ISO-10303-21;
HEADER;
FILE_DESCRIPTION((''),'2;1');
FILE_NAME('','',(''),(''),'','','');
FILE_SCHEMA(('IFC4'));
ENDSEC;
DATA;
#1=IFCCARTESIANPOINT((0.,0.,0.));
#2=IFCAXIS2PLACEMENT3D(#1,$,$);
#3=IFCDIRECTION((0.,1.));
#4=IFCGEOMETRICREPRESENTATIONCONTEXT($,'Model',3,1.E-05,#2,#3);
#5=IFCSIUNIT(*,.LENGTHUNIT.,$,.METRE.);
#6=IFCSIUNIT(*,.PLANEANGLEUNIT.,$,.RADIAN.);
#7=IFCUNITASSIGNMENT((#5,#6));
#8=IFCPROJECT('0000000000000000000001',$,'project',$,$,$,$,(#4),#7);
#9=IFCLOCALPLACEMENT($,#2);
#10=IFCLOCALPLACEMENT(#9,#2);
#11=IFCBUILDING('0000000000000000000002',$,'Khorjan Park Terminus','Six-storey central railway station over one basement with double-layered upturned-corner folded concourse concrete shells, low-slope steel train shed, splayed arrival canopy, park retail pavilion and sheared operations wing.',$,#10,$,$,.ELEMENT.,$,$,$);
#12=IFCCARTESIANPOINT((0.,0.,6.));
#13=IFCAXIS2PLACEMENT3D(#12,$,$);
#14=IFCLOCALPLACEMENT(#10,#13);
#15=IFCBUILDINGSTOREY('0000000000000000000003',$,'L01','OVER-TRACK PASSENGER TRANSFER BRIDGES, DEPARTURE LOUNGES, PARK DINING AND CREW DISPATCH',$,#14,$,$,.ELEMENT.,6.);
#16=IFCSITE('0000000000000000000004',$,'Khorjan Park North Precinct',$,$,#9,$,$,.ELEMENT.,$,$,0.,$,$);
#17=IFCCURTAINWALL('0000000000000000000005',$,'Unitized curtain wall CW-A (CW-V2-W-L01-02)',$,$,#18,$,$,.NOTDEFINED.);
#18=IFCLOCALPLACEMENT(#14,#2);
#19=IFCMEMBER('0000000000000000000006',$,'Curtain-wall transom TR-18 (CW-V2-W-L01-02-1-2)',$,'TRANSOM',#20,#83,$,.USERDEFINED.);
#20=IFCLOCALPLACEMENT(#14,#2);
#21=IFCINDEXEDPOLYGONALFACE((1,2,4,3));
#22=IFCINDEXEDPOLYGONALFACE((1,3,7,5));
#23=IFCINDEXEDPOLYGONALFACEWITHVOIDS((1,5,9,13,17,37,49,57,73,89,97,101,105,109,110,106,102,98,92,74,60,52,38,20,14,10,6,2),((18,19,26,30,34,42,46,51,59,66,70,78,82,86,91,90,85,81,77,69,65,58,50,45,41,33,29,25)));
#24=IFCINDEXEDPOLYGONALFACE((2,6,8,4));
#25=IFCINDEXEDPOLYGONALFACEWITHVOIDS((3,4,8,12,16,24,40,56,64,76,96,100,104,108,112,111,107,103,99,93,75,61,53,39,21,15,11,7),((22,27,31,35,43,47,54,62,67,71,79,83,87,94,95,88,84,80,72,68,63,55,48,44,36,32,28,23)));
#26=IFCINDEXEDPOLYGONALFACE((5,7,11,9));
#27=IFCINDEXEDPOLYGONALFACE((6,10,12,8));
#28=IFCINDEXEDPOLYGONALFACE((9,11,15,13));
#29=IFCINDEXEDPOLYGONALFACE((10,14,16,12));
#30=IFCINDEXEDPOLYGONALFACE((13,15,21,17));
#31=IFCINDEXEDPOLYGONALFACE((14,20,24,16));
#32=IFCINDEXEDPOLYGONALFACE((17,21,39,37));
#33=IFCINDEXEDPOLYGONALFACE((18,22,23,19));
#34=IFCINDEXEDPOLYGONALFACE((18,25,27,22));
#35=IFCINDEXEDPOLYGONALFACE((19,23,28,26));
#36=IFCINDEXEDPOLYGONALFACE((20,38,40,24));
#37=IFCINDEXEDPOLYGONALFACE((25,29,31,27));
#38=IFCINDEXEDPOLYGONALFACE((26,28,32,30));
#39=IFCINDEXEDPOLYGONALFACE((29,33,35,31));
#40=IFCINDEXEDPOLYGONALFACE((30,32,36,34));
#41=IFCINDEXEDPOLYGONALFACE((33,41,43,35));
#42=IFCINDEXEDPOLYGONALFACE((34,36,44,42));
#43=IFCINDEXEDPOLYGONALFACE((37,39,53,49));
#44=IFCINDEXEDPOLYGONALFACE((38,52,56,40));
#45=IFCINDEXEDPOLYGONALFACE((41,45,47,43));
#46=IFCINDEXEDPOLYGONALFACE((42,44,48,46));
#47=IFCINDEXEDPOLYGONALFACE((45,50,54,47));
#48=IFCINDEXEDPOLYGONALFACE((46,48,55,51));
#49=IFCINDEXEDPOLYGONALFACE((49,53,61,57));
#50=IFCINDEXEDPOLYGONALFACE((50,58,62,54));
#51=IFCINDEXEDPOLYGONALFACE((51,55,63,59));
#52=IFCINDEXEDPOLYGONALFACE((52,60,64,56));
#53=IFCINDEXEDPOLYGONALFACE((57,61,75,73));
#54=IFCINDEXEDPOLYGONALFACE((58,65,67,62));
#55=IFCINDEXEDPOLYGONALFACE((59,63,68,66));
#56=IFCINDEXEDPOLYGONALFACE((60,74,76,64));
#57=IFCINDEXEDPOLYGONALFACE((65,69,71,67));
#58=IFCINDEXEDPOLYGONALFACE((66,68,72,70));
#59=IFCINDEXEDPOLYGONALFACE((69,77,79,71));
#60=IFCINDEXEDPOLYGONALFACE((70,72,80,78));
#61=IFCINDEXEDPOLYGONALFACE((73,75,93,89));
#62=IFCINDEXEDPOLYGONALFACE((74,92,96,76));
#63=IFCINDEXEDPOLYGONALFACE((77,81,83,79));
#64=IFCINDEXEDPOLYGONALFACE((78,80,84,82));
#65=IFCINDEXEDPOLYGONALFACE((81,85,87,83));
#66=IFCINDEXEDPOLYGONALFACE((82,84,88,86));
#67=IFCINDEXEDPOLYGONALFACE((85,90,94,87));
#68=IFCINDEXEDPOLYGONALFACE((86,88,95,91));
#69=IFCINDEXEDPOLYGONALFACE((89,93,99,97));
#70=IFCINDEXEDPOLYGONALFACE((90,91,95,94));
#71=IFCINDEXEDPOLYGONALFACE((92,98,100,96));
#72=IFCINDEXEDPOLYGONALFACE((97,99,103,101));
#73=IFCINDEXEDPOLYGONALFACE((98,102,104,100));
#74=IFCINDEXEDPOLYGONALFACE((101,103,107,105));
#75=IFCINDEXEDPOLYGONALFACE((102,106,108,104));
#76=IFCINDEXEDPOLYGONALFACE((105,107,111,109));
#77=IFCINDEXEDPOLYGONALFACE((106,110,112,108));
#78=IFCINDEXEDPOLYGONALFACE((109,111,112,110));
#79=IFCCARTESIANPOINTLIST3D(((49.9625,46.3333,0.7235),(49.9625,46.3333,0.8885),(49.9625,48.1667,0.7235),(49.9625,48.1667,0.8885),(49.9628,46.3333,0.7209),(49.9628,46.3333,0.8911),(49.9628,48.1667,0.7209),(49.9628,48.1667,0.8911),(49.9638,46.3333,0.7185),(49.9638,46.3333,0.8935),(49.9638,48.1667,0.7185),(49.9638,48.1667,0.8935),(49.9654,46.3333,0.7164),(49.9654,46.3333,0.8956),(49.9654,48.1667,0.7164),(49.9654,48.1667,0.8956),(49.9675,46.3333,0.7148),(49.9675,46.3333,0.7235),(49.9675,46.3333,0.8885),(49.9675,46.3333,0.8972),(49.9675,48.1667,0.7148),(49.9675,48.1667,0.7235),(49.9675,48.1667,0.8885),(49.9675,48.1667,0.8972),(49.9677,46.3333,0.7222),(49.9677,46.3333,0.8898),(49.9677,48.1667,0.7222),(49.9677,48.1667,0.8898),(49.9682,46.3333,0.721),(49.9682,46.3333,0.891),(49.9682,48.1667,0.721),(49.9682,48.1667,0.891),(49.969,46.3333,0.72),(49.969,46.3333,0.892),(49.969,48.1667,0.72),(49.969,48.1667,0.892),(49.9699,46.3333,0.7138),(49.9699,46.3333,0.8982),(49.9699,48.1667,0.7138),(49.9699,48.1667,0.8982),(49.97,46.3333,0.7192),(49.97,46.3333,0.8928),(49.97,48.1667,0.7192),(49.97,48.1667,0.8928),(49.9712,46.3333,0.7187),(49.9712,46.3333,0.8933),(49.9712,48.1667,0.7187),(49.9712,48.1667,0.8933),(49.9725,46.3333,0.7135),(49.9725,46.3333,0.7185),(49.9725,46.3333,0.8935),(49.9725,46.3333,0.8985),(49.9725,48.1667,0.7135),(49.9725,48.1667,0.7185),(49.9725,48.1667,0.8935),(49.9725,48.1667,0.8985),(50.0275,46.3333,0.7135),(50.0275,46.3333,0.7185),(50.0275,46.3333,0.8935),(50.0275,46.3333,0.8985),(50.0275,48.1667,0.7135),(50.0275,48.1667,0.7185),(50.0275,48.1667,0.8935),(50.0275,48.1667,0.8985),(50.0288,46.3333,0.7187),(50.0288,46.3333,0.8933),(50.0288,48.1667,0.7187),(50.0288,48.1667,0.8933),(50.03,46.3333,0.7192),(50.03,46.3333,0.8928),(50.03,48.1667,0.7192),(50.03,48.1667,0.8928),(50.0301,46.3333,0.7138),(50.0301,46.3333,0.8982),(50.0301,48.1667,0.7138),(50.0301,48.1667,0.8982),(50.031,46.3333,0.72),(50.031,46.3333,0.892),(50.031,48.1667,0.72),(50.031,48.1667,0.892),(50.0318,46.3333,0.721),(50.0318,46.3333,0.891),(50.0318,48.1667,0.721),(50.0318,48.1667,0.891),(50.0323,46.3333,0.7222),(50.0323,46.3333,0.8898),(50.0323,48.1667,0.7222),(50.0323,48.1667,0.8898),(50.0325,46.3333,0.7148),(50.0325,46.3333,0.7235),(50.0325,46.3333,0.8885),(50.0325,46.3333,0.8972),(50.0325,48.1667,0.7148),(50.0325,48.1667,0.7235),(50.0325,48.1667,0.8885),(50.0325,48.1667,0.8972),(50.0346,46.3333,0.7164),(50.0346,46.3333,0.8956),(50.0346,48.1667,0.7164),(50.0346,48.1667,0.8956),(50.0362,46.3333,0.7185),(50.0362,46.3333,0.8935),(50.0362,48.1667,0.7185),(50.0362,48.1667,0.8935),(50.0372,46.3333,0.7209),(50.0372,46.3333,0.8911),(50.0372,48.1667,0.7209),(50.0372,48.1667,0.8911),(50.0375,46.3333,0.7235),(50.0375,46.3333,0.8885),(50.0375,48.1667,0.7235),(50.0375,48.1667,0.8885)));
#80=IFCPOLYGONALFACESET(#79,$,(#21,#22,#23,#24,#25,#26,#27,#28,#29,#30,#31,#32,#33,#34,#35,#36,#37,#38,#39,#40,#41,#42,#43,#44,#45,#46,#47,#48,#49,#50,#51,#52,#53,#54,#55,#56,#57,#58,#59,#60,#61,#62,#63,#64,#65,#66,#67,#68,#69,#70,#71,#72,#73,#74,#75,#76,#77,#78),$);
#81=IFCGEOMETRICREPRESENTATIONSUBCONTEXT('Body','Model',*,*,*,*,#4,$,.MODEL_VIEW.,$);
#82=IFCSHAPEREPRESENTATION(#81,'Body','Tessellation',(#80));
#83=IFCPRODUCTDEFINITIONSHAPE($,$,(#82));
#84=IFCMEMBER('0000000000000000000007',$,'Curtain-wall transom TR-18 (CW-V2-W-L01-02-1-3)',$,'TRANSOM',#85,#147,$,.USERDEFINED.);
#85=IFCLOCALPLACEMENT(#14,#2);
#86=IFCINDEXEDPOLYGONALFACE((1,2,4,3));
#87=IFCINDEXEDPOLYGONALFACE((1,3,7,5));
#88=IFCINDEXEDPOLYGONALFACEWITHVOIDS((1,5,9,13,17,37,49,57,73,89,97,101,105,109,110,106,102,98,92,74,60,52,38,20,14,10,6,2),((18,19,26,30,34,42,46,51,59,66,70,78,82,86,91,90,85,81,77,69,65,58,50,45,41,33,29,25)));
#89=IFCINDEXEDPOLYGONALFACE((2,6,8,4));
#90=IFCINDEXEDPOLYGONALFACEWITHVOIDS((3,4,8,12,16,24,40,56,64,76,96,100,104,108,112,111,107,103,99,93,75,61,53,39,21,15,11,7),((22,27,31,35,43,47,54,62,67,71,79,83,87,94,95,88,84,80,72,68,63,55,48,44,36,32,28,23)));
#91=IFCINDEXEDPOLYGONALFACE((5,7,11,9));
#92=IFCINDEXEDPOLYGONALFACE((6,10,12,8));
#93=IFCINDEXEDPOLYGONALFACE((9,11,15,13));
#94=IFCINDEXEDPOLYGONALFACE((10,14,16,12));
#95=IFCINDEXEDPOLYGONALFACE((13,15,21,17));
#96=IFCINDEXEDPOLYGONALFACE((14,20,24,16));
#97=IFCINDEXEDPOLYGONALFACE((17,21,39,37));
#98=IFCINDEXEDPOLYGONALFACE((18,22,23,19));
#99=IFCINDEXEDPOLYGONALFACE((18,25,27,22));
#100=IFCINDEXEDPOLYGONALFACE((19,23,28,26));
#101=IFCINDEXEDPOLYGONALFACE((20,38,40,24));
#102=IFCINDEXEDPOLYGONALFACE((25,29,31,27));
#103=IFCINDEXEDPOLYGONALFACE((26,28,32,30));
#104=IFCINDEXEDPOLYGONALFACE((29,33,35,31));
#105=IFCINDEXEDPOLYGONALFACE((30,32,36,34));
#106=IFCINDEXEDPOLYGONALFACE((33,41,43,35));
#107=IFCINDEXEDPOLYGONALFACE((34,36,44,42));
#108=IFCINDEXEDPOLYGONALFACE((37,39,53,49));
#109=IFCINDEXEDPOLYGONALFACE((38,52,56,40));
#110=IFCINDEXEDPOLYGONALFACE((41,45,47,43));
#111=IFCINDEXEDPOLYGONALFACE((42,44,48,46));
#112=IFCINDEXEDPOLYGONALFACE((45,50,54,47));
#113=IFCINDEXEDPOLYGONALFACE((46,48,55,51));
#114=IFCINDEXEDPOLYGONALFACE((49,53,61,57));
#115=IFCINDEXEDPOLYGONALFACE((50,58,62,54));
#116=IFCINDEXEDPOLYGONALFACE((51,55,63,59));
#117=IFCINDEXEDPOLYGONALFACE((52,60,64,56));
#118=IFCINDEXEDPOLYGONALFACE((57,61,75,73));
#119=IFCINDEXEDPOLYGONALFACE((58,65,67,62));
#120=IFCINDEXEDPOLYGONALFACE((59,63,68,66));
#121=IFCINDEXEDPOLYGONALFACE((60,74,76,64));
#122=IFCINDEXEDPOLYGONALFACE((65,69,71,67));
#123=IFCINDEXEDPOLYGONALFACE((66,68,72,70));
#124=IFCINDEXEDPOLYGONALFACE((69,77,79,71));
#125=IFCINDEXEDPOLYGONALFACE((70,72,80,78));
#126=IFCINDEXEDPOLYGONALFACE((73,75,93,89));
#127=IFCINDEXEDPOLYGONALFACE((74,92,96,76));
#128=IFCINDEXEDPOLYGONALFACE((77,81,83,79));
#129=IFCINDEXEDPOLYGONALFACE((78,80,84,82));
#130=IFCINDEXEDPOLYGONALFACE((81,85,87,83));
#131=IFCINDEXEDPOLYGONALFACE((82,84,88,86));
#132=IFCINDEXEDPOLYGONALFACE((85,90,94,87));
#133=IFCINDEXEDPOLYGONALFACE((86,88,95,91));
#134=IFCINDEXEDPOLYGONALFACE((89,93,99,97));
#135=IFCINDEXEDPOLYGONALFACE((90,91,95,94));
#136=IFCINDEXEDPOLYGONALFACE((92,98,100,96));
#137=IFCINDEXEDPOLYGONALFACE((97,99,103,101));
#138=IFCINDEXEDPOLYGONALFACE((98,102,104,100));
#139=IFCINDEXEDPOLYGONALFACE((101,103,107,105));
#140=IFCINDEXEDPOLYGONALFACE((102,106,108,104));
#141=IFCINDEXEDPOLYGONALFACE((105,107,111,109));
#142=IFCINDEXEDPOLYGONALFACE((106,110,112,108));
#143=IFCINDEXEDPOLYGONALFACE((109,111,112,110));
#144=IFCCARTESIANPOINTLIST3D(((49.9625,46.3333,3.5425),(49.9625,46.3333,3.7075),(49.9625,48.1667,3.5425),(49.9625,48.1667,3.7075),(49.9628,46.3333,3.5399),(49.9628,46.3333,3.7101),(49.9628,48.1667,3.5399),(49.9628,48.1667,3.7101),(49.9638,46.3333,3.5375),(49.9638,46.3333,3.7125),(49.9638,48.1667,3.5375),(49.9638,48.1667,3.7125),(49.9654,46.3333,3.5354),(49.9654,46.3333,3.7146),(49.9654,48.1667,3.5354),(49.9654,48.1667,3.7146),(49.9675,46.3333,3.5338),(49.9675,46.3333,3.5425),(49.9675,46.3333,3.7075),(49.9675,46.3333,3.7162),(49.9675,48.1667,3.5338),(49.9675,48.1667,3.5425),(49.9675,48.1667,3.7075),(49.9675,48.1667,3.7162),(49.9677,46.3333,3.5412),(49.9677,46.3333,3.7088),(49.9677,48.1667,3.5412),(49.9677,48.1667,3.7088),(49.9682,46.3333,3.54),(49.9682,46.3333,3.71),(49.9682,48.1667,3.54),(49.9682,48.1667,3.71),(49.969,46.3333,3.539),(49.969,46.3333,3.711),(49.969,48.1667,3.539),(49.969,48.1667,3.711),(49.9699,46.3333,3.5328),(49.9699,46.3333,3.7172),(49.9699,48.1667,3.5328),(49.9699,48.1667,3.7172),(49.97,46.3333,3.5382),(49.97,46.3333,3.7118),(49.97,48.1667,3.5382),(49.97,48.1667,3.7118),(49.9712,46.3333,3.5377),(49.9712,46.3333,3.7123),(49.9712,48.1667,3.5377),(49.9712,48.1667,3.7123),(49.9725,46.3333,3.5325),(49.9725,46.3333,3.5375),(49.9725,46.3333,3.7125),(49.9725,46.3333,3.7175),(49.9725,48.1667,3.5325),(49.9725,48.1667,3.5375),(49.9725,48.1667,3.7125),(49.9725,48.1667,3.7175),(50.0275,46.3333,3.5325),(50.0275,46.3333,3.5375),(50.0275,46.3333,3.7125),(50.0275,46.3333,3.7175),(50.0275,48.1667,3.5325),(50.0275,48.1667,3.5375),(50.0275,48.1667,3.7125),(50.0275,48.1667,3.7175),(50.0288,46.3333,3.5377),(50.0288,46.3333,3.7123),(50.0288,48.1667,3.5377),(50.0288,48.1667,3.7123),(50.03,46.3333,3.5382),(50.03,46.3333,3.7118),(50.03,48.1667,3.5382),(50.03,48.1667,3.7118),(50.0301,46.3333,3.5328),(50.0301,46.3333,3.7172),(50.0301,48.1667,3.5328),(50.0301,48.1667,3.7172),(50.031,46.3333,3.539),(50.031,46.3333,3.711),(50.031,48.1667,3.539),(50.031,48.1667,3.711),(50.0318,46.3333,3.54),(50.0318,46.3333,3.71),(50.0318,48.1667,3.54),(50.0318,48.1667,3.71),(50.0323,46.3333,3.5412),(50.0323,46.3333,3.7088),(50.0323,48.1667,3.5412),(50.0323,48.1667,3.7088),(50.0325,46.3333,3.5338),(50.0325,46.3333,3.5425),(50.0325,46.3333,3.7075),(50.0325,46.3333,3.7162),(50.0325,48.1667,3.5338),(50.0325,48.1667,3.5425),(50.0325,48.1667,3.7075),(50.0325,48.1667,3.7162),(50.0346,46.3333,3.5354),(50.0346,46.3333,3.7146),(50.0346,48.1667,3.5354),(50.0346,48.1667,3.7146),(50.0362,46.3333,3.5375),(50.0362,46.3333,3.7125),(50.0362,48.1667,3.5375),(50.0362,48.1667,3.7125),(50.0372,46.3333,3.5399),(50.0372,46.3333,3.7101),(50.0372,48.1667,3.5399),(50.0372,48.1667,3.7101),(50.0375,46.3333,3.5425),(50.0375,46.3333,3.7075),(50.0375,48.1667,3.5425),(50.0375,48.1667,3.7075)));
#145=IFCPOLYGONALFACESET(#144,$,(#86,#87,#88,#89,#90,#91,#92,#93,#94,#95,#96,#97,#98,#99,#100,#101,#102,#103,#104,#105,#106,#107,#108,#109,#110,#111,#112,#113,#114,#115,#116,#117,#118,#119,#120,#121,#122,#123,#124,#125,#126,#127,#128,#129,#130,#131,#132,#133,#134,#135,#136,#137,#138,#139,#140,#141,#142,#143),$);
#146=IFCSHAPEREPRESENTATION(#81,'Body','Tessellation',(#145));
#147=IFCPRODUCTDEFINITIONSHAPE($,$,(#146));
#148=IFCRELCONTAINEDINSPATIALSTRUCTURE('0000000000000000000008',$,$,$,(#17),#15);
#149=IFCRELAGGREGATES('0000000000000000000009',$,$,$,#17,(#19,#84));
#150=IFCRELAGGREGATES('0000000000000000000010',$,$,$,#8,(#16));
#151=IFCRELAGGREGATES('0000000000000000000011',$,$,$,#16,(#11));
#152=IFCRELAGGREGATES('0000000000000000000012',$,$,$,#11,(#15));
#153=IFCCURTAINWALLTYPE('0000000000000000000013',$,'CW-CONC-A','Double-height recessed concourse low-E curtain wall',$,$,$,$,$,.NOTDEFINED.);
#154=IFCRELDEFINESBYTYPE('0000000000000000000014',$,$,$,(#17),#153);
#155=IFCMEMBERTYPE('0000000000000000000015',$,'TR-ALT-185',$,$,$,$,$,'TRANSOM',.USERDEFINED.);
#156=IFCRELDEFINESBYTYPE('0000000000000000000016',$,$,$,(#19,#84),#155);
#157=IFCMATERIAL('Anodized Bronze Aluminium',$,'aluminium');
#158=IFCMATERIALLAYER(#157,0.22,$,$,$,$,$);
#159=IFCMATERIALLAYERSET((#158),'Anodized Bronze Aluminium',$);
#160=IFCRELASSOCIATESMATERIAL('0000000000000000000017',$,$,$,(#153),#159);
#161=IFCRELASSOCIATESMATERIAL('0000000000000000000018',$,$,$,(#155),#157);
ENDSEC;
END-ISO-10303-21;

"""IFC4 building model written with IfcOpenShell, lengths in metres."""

from ifc_helpers import new_model, si_unit, direction, frame, origin, origin_2d, place, context, subcontext, project, spatial, hollow_rectangle, extrude, material, layer, layer_set, material_profile, profile_set, type_object, element, aggregate, save


model = new_model("IFC4")

# Units and contexts
model_context = context("Model", 3, precision=1e-05, world=origin(), true_north=direction((0.0, 1.0)))
body_context = subcontext(model_context, "Body", "Model", "MODEL_VIEW")
ifc_project = project(units=[si_unit("LENGTHUNIT", "METRE"), si_unit("PLANEANGLEUNIT", "RADIAN")], contexts=[model_context])

# Site, building, storey
site_placement = place(None, origin())
site = spatial("IfcSite", under=ifc_project, at=site_placement, Name="Khorjan Park North Precinct", CompositionType="ELEMENT", RefElevation=0.0)
building_placement = place(site_placement, origin())
building = spatial("IfcBuilding", under=site, at=building_placement, Name="Khorjan Park Terminus", Description="Six-storey central railway station over one basement with double-layered upturned-corner folded concourse concrete shells, low-slope steel train shed, splayed arrival canopy, park retail pavilion and sheared operations wing.", CompositionType="ELEMENT")
storey_placement = place(building_placement, frame((0.0, 0.0, 6.0)))
storey = spatial("IfcBuildingStorey", under=building, at=storey_placement, Name="L01", Description="OVER-TRACK PASSENGER TRANSFER BRIDGES, DEPARTURE LOUNGES, PARK DINING AND CREW DISPATCH", CompositionType="ELEMENT", Elevation=6.0)

# Curtain wall
ifc_material_1 = material(Name="Anodized Bronze Aluminium", Category="aluminium")
ifc_layer_1 = layer(ifc_material_1, 0.22)
ifc_layer_set_1 = layer_set([ifc_layer_1], Name="Anodized Bronze Aluminium")
curtain_wall_type_1 = type_object("IfcCurtainWallType", Name="CW-CONC-A", Description="Double-height recessed concourse low-E curtain wall", PredefinedType="NOTDEFINED", material=ifc_layer_set_1)
curtain_wall_1_placement = place(storey_placement, origin())
curtain_wall_1 = element("IfcCurtainWall", 1, at=curtain_wall_1_placement, inside=storey, type_object=curtain_wall_type_1, Name="Unitized curtain wall CW-A (CW-V2-W-L01-02)", PredefinedType="NOTDEFINED")

# Members
ifc_material_profile_1 = material_profile(ifc_material_1, hollow_rectangle(XDim=0.075, YDim=0.185, WallThickness=0.005, InnerFilletRadius=0.005, OuterFilletRadius=0.01, at=origin_2d()), Name="ALT 75x185x5")
ifc_profile_set_1 = profile_set([ifc_material_profile_1], Name="Anodized Bronze Aluminium")
member_type_1 = type_object("IfcMemberType", Name="TR-ALT-185", ElementType="TRANSOM", PredefinedType="USERDEFINED", material=ifc_profile_set_1)
member_1_placement = place(storey_placement, frame((50.0, 48.1667, 0.806), z_axis=(0.0, -1.0, 0.0), x_axis=(1.0, 0.0, 0.0)))
member_1 = element("IfcMember", 2, at=member_1_placement, type_object=member_type_1, Name="Curtain-wall transom TR-18 (CW-V2-W-L01-02-1-2)", ObjectType="TRANSOM", PredefinedType="USERDEFINED", context=body_context, shape_type="SweptSolid", body=[
    extrude(hollow_rectangle(XDim=0.075, YDim=0.185, WallThickness=0.005, InnerFilletRadius=0.005, OuterFilletRadius=0.01, at=origin_2d()), origin(), (0.0, 0.0, 1.0), 1.8334),
])
member_2_placement = place(storey_placement, frame((50.0, 48.1667, 3.625), z_axis=(0.0, -1.0, 0.0), x_axis=(1.0, 0.0, 0.0)))
member_2 = element("IfcMember", 3, at=member_2_placement, type_object=member_type_1, Name="Curtain-wall transom TR-18 (CW-V2-W-L01-02-1-3)", ObjectType="TRANSOM", PredefinedType="USERDEFINED", context=body_context, shape_type="SweptSolid", body=[
    extrude(hollow_rectangle(XDim=0.075, YDim=0.185, WallThickness=0.005, InnerFilletRadius=0.005, OuterFilletRadius=0.01, at=origin_2d()), origin(), (0.0, 0.0, 1.0), 1.8334),
])

aggregate(curtain_wall_1, [member_1, member_2])

save(model, "model.ifc")
